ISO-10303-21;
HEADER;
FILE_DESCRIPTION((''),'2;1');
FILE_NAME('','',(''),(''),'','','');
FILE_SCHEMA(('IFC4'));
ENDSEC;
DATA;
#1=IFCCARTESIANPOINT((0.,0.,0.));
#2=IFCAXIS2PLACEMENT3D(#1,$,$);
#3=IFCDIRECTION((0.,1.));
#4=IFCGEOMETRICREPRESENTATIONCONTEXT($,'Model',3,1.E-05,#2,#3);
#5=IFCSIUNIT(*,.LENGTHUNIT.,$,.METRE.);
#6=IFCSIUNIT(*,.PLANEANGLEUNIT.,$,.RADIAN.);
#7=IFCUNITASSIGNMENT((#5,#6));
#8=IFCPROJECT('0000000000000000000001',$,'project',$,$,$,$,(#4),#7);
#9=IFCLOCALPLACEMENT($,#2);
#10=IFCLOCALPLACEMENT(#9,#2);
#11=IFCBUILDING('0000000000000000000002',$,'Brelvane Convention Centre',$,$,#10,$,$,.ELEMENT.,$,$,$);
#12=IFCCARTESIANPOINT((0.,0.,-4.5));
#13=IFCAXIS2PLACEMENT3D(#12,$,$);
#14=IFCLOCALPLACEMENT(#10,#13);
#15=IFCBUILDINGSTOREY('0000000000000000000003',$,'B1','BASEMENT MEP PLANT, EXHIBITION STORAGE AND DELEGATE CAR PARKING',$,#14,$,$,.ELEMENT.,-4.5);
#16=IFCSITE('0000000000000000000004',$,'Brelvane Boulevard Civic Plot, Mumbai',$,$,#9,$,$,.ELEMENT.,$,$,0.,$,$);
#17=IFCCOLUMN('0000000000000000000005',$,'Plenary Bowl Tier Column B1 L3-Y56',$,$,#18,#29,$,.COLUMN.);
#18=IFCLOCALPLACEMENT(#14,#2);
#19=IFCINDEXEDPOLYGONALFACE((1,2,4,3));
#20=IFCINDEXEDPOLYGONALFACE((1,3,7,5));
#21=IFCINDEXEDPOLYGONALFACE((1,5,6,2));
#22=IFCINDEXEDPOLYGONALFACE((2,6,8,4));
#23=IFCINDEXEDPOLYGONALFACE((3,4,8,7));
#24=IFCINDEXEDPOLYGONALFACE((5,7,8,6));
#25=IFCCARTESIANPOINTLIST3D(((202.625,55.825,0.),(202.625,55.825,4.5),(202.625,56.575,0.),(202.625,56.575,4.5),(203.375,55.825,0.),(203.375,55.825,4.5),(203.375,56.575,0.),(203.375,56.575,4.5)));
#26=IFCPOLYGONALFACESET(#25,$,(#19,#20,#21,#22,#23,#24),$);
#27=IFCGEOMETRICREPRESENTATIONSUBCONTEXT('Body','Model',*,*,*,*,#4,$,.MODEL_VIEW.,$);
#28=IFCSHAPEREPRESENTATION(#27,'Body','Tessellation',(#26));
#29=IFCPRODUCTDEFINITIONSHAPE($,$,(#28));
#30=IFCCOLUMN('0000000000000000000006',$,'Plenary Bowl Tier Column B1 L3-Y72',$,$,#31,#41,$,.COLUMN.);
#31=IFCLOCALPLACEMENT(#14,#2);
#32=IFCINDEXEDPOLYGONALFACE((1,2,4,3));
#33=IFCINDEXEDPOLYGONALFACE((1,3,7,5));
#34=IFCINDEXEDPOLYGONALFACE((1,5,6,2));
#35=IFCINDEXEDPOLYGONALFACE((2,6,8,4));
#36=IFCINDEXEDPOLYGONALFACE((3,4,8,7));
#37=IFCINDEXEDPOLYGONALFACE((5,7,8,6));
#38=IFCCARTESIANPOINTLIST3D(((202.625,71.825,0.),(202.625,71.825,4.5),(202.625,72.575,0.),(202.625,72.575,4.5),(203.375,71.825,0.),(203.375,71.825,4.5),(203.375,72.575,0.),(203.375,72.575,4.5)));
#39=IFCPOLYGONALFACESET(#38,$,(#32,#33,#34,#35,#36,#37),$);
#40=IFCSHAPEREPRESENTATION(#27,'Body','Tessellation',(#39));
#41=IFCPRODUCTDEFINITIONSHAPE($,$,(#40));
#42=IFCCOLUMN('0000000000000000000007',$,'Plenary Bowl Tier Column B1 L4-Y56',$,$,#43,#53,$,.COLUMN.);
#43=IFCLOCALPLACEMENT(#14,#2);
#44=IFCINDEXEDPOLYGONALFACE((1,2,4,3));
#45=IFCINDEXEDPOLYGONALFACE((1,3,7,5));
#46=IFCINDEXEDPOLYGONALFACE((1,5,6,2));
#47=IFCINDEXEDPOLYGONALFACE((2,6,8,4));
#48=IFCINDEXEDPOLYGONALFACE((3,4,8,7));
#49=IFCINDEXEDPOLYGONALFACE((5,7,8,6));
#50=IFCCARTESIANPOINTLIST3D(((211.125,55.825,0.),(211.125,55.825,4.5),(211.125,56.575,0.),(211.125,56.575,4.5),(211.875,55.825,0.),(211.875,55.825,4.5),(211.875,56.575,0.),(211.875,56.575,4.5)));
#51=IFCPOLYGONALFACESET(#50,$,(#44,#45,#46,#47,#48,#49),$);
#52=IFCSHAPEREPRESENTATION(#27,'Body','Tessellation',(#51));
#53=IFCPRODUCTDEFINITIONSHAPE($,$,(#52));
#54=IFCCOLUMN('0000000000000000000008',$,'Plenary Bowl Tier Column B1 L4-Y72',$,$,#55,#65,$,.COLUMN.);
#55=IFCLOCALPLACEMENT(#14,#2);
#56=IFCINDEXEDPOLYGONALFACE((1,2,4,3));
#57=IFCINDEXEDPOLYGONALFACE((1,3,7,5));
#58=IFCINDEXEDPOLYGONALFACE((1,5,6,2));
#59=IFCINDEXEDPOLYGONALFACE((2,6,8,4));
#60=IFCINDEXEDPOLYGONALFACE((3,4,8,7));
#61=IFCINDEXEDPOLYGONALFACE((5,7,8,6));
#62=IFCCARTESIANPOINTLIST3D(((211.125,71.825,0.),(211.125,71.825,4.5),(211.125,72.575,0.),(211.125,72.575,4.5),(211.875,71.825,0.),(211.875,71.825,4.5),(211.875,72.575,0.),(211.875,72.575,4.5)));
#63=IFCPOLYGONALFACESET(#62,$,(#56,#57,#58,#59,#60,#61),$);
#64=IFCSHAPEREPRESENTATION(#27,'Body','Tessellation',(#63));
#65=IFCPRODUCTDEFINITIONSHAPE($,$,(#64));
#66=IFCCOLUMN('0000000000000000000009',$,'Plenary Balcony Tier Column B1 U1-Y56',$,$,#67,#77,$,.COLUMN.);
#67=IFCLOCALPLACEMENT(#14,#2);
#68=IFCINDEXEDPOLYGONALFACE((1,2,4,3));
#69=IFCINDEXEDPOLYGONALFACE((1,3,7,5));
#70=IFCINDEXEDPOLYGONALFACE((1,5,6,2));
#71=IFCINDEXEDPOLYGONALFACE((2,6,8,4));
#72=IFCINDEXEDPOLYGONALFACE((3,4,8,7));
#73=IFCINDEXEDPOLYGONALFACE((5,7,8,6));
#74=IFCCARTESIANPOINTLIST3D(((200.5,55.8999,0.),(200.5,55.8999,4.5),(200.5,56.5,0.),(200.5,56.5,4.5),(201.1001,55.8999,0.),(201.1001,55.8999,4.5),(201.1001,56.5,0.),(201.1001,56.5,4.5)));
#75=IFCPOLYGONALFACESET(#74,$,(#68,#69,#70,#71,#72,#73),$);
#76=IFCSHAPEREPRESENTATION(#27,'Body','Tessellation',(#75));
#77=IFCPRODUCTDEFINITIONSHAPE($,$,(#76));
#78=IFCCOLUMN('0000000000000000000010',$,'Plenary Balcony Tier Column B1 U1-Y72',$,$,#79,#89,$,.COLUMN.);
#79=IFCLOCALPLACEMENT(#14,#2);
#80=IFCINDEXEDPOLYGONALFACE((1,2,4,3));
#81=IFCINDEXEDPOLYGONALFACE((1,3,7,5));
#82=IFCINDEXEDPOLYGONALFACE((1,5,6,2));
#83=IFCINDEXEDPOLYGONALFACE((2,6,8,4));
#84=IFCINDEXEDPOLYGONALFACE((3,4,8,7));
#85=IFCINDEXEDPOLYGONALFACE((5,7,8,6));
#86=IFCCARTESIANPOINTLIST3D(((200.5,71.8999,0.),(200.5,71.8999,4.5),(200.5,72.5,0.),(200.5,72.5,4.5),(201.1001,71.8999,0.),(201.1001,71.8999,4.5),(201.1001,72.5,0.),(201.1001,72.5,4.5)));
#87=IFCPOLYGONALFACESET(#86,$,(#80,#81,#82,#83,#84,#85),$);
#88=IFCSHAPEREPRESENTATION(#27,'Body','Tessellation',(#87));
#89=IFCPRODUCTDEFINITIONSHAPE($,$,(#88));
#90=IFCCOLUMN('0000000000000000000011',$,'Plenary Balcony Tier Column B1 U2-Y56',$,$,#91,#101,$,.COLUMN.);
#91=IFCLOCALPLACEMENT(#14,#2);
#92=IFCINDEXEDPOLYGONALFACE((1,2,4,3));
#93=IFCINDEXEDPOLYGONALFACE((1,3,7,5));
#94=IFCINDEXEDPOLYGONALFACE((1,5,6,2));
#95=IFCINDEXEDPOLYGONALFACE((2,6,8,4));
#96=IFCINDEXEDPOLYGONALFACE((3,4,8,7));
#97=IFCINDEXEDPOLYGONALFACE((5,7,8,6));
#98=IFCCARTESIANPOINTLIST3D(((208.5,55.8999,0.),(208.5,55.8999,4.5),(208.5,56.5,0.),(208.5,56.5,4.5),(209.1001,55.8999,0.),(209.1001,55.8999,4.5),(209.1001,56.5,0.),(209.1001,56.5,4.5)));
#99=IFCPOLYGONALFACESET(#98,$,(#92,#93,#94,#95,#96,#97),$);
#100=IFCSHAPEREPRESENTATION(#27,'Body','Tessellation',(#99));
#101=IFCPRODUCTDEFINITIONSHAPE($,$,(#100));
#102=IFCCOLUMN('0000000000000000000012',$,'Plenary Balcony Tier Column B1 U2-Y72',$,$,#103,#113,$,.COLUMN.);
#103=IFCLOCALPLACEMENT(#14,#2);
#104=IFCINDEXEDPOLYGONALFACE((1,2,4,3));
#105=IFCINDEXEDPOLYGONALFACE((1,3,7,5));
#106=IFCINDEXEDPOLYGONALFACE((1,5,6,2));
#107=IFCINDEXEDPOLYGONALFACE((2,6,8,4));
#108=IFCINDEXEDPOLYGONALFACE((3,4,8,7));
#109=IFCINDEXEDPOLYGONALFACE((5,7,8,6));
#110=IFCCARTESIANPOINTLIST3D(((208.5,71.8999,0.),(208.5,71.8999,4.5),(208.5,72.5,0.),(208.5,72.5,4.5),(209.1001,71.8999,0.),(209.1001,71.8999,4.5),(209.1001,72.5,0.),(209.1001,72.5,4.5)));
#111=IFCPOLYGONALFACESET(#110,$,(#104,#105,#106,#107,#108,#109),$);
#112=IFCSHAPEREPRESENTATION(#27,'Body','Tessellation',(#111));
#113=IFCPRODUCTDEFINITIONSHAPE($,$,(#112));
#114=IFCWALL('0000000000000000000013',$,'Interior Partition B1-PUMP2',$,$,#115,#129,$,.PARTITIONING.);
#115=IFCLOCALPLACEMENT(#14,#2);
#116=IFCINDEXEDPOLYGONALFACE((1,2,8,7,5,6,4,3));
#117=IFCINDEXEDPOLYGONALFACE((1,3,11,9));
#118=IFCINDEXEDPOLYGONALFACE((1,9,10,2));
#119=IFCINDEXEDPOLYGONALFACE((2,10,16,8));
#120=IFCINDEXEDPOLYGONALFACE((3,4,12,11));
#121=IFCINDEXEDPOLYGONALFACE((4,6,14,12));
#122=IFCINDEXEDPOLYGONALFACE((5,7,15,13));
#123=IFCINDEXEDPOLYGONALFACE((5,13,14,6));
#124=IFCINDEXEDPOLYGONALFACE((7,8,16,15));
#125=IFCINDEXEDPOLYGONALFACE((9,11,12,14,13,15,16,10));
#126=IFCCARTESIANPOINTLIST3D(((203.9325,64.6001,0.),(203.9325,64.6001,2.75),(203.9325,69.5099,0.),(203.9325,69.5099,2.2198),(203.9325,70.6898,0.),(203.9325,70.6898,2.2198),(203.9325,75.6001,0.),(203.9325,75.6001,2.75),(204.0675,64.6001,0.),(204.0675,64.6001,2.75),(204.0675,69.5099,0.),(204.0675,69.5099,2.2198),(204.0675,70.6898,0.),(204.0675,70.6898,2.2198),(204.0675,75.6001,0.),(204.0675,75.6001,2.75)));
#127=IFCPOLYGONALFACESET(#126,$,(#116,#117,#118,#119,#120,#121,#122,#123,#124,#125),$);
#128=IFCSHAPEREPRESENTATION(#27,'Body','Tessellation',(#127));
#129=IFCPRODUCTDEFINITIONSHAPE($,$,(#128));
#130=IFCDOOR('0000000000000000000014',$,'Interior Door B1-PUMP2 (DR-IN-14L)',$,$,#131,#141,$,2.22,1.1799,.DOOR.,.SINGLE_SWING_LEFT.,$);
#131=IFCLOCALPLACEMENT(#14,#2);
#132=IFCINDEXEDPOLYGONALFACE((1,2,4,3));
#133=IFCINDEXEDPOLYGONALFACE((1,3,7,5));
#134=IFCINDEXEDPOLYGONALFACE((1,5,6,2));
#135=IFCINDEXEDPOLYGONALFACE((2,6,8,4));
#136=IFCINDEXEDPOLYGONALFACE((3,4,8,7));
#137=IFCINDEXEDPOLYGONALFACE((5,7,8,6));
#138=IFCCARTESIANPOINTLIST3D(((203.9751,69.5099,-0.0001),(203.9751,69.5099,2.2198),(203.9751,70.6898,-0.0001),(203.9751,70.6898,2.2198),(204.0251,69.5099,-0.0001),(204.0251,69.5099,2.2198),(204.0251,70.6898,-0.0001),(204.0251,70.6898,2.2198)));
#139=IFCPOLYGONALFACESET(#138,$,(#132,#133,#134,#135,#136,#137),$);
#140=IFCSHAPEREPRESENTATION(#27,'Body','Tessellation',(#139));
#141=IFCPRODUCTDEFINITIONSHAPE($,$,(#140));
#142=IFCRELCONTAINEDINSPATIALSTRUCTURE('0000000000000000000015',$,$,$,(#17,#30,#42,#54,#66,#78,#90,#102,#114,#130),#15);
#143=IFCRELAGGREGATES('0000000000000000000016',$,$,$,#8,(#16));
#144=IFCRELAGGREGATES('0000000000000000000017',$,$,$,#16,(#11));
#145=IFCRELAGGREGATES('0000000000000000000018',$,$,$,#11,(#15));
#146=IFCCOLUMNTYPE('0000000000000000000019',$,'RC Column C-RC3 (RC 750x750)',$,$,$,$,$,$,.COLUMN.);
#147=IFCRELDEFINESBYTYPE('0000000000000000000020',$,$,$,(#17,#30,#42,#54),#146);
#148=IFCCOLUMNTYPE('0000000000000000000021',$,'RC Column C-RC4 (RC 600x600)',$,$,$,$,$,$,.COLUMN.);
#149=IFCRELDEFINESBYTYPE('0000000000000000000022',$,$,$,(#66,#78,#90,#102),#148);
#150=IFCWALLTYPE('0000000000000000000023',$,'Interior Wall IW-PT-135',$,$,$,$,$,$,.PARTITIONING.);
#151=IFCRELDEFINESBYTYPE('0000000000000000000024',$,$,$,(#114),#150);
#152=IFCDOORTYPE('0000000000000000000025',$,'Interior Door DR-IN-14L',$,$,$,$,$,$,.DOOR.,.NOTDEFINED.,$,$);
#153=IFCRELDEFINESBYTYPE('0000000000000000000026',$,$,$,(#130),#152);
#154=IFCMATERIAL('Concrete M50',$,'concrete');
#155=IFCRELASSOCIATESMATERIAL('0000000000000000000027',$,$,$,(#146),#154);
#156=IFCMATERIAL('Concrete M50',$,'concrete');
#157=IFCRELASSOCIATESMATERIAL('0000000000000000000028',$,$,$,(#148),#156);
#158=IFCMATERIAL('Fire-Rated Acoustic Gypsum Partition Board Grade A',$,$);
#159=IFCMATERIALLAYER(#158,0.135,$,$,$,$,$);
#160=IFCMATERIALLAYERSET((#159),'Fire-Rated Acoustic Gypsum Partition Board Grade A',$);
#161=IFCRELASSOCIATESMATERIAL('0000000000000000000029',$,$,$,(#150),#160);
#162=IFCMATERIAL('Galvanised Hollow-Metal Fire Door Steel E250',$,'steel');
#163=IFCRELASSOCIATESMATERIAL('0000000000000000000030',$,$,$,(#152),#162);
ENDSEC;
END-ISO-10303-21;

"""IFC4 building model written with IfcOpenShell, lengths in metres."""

from ifc_helpers import new_model, si_unit, direction, frame, frame_2d, origin, origin_2d, place, context, subcontext, project, spatial, rectangle, extrude, material, layer, layer_set, material_profile, profile_set, type_object, element, fill, save


model = new_model("IFC4")

# Units and contexts
model_context = context("Model", 3, precision=1e-05, world=origin(), true_north=direction((0.0, 1.0)))
body_context = subcontext(model_context, "Body", "Model", "MODEL_VIEW")
ifc_project = project(units=[si_unit("LENGTHUNIT", "METRE"), si_unit("PLANEANGLEUNIT", "RADIAN")], contexts=[model_context])

# Site, building, storey
site_placement = place(None, origin())
site = spatial("IfcSite", under=ifc_project, at=site_placement, Name="Brelvane Boulevard Civic Plot, Mumbai", CompositionType="ELEMENT", RefElevation=0.0)
building_placement = place(site_placement, origin())
building = spatial("IfcBuilding", under=site, at=building_placement, Name="Brelvane Convention Centre", CompositionType="ELEMENT")
storey_placement = place(building_placement, frame((0.0, 0.0, -4.5)))
storey = spatial("IfcBuildingStorey", under=building, at=storey_placement, Name="B1", Description="BASEMENT MEP PLANT, EXHIBITION STORAGE AND DELEGATE CAR PARKING", CompositionType="ELEMENT", Elevation=-4.5)

# Columns
ifc_material_1 = material(Name="Concrete M50", Category="concrete")
ifc_material_profile_1 = material_profile(ifc_material_1, rectangle(XDim=0.75, YDim=0.75, at=origin_2d()), Name="RC 750x750")
ifc_profile_set_1 = profile_set([ifc_material_profile_1], Name="Concrete M50")
column_type_1 = type_object("IfcColumnType", Name="RC Column C-RC3 (RC 750x750)", PredefinedType="COLUMN", material=ifc_profile_set_1)
for number, where, z_axis, x_axis, name in (
    (1, (203.0, 56.2, 0.0), (0.0, 0.0, 1.0), (1.0, 0.0, 0.0), "Plenary Bowl Tier Column B1 L3-Y56"),
    (2, (203.0, 72.2, 0.0), (0.0, 0.0, 1.0), (1.0, 0.0, 0.0), "Plenary Bowl Tier Column B1 L3-Y72"),
    (3, (211.5, 56.2, 0.0), (0.0, 0.0, 1.0), (1.0, 0.0, 0.0), "Plenary Bowl Tier Column B1 L4-Y56"),
    (4, (211.5, 72.2, 0.0), (0.0, 0.0, 1.0), (1.0, 0.0, 0.0), "Plenary Bowl Tier Column B1 L4-Y72"),
):
    element("IfcColumn", number, at=place(storey_placement, frame(where, z_axis=z_axis, x_axis=x_axis)), inside=storey, type_object=column_type_1, Name=name, PredefinedType="COLUMN", context=body_context, shape_type="SweptSolid", body=[
        extrude(rectangle(XDim=0.75, YDim=0.75, at=origin_2d()), origin(), (0.0, 0.0, 1.0), 4.5),
    ])
ifc_material_2 = material(Name="Concrete M50", Category="concrete")
ifc_material_profile_2 = material_profile(ifc_material_2, rectangle(XDim=0.6001, YDim=0.6001, at=origin_2d()), Name="RC 600x600")
ifc_profile_set_2 = profile_set([ifc_material_profile_2], Name="Concrete M50")
column_type_2 = type_object("IfcColumnType", Name="RC Column C-RC4 (RC 600x600)", PredefinedType="COLUMN", material=ifc_profile_set_2)
for number, where, z_axis, x_axis, name in (
    (5, (200.8, 56.2, 0.0), (0.0, 0.0, 1.0), (1.0, 0.0, 0.0), "Plenary Balcony Tier Column B1 U1-Y56"),
    (6, (200.8, 72.2, 0.0), (0.0, 0.0, 1.0), (1.0, 0.0, 0.0), "Plenary Balcony Tier Column B1 U1-Y72"),
    (7, (208.8, 56.2, 0.0), (0.0, 0.0, 1.0), (1.0, 0.0, 0.0), "Plenary Balcony Tier Column B1 U2-Y56"),
    (8, (208.8, 72.2, 0.0), (0.0, 0.0, 1.0), (1.0, 0.0, 0.0), "Plenary Balcony Tier Column B1 U2-Y72"),
):
    element("IfcColumn", number, at=place(storey_placement, frame(where, z_axis=z_axis, x_axis=x_axis)), inside=storey, type_object=column_type_2, Name=name, PredefinedType="COLUMN", context=body_context, shape_type="SweptSolid", body=[
        extrude(rectangle(XDim=0.6001, YDim=0.6001, at=origin_2d()), origin(), (0.0, 0.0, 1.0), 4.5),
    ])

# Wall, opening, door
ifc_material_3 = material(Name="Fire-Rated Acoustic Gypsum Partition Board Grade A")
ifc_layer = layer(ifc_material_3, 0.135)
ifc_layer_set = layer_set([ifc_layer], Name="Fire-Rated Acoustic Gypsum Partition Board Grade A")
wall_type = type_object("IfcWallType", Name="Interior Wall IW-PT-135", PredefinedType="PARTITIONING", material=ifc_layer_set)
wall_placement = place(storey_placement, frame((204.0, 64.6001, 0.0), z_axis=(0.0, 0.0, 1.0), x_axis=(0.0, 1.0, 0.0)))
wall = element("IfcWall", 9, at=wall_placement, inside=storey, type_object=wall_type, Name="Interior Partition B1-PUMP2", PredefinedType="PARTITIONING", context=body_context, shape_type="SweptSolid", body=[
    extrude(rectangle(XDim=11.0, YDim=0.135, at=frame_2d((5.5, 0.0))), origin(), (0.0, 0.0, 1.0), 2.75),
])
opening_placement = place(wall_placement, frame((4.9099, 0.0, 0.0)))
opening = element("IfcOpeningElement", 10, at=opening_placement, cuts=wall, PredefinedType="OPENING", context=body_context, shape_type="SweptSolid", body=[
    extrude(rectangle(XDim=1.1799, YDim=2.22, at=frame_2d((0.5898, 1.1099))), frame((0.0, 0.0774, 0.0), z_axis=(0.0, -1.0, 0.0), x_axis=(1.0, 0.0, 0.0)), (0.0, 0.0, 1.0), 0.155),
])
ifc_material_4 = material(Name="Galvanised Hollow-Metal Fire Door Steel E250", Category="steel")
door_type = type_object("IfcDoorType", Name="Interior Door DR-IN-14L", OperationType="NOTDEFINED", PredefinedType="DOOR", material=ifc_material_4)
door_placement = place(opening_placement, origin())
door = element("IfcDoor", 11, at=door_placement, inside=storey, type_object=door_type, Name="Interior Door B1-PUMP2 (DR-IN-14L)", OperationType="SINGLE_SWING_LEFT", OverallHeight=2.22, OverallWidth=1.1799, PredefinedType="DOOR", context=body_context, shape_type="SweptSolid", body=[
    extrude(rectangle(XDim=1.1799, YDim=2.22, at=frame_2d((0.5898, 1.1099))), frame((0.0, 0.0249, 0.0), z_axis=(0.0, -1.0, 0.0), x_axis=(1.0, 0.0, 0.0)), (0.0, 0.0, 1.0), 0.05),
])
fill(opening, door)

save(model, "model.ifc")
